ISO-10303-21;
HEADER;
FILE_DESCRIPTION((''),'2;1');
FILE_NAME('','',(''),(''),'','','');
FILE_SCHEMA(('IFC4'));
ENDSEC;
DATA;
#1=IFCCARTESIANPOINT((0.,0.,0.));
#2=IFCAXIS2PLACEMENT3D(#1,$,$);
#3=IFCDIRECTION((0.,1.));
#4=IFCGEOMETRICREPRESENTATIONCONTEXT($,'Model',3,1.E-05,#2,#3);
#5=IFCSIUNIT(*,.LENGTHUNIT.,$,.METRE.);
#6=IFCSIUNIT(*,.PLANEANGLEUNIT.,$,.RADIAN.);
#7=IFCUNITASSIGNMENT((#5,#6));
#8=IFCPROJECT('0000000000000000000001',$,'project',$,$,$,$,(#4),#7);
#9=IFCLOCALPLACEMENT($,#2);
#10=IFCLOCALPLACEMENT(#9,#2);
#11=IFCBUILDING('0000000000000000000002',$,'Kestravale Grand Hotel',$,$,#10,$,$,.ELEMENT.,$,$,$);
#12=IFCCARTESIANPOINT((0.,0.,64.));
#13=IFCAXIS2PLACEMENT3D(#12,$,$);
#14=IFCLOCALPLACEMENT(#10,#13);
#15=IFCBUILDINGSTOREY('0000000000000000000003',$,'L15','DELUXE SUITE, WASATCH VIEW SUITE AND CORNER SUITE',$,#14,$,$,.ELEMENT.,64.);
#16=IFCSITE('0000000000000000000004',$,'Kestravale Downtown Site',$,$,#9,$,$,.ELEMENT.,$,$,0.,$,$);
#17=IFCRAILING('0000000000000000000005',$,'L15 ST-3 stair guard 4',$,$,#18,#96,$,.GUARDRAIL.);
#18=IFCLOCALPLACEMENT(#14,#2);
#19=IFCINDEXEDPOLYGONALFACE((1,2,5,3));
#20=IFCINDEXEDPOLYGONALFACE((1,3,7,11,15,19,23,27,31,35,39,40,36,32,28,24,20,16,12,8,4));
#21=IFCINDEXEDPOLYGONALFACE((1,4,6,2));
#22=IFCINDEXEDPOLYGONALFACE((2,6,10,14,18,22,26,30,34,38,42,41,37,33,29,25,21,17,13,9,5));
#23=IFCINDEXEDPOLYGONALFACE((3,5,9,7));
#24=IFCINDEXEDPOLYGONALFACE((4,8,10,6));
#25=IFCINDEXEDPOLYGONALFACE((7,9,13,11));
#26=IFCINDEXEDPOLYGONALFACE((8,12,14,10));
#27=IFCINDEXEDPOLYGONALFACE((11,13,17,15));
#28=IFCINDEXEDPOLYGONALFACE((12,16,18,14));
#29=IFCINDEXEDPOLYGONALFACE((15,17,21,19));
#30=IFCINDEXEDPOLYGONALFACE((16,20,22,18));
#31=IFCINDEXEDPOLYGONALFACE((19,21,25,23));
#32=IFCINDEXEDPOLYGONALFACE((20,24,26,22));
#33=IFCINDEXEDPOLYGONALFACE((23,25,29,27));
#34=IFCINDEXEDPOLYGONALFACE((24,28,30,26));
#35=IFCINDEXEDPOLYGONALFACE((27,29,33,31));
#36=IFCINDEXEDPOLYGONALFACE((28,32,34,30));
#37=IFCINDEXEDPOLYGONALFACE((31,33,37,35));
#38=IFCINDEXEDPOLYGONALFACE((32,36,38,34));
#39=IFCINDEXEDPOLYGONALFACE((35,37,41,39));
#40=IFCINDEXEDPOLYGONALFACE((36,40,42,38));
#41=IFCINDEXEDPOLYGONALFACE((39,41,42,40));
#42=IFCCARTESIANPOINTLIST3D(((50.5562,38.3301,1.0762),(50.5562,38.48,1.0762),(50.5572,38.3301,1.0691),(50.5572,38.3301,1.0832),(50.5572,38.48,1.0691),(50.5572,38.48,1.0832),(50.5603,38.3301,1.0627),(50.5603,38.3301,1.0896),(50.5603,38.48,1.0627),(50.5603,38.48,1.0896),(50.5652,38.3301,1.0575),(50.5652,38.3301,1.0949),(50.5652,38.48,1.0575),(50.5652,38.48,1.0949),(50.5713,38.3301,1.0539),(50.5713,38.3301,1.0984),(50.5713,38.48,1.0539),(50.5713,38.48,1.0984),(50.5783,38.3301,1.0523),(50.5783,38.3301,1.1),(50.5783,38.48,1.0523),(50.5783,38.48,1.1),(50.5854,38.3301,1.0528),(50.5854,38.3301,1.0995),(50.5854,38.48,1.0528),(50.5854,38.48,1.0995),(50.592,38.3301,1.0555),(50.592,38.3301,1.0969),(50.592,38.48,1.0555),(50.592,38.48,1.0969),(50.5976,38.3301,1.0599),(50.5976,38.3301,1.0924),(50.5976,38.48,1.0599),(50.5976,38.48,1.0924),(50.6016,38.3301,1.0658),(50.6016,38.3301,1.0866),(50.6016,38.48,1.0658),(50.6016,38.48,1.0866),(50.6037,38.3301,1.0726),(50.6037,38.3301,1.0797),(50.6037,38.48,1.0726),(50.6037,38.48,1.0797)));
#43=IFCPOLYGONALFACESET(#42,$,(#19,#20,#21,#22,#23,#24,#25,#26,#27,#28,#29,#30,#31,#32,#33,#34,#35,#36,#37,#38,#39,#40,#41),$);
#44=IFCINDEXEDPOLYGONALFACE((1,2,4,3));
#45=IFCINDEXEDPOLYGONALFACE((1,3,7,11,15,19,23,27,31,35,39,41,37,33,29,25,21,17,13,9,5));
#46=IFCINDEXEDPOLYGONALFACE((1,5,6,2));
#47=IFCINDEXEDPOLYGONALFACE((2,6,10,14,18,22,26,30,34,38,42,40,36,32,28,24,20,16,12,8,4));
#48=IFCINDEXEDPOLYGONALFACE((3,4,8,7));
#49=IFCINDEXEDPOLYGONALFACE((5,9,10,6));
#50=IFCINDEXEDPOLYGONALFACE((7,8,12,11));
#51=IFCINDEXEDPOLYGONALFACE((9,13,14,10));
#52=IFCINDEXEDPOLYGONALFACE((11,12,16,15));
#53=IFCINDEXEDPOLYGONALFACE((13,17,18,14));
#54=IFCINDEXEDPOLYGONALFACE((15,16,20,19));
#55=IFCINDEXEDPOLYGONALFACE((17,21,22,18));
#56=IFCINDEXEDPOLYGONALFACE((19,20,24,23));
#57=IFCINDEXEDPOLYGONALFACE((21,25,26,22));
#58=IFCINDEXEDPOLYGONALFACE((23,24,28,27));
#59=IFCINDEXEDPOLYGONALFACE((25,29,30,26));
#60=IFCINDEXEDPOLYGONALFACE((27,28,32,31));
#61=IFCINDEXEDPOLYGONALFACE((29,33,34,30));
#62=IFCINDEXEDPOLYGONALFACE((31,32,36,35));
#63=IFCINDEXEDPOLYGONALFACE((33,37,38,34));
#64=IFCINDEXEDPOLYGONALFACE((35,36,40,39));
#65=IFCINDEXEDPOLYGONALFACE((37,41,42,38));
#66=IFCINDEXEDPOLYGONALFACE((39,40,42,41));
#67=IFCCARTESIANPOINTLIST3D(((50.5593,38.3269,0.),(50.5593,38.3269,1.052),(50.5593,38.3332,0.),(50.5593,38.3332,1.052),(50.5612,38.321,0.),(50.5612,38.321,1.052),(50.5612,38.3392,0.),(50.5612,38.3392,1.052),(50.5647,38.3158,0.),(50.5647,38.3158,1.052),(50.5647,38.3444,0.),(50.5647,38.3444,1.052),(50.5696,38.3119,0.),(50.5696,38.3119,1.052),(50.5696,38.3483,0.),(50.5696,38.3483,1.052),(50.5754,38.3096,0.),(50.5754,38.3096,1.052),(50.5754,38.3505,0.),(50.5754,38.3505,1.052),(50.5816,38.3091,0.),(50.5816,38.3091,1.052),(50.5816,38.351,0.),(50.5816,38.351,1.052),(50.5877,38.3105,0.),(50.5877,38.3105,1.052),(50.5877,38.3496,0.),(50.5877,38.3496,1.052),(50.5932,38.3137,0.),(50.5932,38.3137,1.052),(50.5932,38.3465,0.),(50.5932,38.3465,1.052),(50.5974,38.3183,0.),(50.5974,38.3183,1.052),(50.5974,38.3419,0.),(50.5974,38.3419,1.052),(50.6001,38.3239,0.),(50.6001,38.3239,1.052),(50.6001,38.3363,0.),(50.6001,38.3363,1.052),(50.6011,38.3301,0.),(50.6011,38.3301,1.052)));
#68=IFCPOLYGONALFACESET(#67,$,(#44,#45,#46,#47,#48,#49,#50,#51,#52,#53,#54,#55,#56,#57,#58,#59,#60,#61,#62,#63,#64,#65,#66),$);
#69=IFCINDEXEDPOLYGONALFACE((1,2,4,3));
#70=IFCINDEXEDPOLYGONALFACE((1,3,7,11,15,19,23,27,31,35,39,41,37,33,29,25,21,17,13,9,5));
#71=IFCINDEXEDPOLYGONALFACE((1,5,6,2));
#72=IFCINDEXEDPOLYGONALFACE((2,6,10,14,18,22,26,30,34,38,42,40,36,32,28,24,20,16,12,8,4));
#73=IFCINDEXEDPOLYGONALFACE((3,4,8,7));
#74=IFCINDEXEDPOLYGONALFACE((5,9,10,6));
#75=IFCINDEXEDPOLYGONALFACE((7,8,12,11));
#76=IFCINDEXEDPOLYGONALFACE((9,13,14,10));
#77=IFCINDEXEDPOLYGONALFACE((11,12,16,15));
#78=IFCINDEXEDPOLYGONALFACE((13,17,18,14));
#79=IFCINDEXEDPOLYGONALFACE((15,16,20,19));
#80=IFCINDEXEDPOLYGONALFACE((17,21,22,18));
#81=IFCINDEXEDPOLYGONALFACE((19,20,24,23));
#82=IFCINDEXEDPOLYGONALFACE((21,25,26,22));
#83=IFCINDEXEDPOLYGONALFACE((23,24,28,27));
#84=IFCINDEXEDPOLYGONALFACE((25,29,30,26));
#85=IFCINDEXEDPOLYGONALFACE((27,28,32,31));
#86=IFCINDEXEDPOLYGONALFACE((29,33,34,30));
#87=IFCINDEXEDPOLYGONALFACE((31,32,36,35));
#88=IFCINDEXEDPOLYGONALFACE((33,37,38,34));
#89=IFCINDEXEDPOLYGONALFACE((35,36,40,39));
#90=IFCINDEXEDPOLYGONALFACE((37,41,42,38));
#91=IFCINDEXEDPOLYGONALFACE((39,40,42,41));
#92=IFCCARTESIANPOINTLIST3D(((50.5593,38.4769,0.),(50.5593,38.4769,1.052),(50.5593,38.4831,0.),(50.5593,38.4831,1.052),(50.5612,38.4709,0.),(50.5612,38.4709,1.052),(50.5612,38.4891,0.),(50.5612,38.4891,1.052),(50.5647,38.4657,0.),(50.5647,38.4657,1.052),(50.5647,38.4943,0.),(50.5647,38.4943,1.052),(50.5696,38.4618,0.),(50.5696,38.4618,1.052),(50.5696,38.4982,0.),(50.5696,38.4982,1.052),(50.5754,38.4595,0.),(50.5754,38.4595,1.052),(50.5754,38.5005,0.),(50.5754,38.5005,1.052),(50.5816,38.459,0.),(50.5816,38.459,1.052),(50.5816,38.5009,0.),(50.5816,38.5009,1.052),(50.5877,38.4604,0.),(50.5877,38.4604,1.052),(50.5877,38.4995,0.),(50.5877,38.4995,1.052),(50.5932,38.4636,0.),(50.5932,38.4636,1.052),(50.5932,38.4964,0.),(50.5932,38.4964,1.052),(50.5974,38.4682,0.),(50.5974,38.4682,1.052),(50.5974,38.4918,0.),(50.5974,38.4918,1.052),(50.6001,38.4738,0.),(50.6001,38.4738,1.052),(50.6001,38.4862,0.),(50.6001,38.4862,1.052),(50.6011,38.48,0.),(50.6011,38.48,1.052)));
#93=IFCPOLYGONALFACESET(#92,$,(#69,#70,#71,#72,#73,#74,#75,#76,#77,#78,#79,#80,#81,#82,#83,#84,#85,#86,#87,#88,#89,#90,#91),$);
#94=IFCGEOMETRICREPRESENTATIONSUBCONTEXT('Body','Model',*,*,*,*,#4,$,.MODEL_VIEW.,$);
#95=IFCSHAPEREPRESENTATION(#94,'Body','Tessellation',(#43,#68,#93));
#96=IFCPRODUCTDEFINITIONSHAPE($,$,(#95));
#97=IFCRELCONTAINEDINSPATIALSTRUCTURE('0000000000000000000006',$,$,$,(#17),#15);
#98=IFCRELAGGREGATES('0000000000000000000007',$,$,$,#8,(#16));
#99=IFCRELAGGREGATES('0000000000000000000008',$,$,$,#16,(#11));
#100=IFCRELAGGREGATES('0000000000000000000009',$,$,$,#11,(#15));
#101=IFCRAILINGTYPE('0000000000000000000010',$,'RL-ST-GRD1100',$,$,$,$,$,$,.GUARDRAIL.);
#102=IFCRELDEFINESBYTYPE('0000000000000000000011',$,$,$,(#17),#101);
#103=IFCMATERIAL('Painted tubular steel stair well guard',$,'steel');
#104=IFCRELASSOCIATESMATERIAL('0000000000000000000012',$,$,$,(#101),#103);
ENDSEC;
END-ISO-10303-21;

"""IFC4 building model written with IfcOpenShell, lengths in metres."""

from ifc_helpers import new_model, si_unit, direction, frame, origin, origin_2d, place, context, subcontext, project, spatial, circle, extrude, material, type_object, element, save


model = new_model("IFC4")

# Units and contexts
model_context = context("Model", 3, precision=1e-05, world=origin(), true_north=direction((0.0, 1.0)))
body_context = subcontext(model_context, "Body", "Model", "MODEL_VIEW")
ifc_project = project(units=[si_unit("LENGTHUNIT", "METRE"), si_unit("PLANEANGLEUNIT", "RADIAN")], contexts=[model_context])

# Site, building, storey
site_placement = place(None, origin())
site = spatial("IfcSite", under=ifc_project, at=site_placement, Name="Kestravale Downtown Site", CompositionType="ELEMENT", RefElevation=0.0)
building_placement = place(site_placement, origin())
building = spatial("IfcBuilding", under=site, at=building_placement, Name="Kestravale Grand Hotel", CompositionType="ELEMENT")
storey_placement = place(building_placement, frame((0.0, 0.0, 64.0)))
storey = spatial("IfcBuildingStorey", under=building, at=storey_placement, Name="L15", Description="DELUXE SUITE, WASATCH VIEW SUITE AND CORNER SUITE", CompositionType="ELEMENT", Elevation=64.0)

# Railing
ifc_material_1 = material(Name="Painted tubular steel stair well guard", Category="steel")
railing_type_1 = type_object("IfcRailingType", Name="RL-ST-GRD1100", PredefinedType="GUARDRAIL", material=ifc_material_1)
railing_1_placement = place(storey_placement, frame((50.5801, 38.3301, 0.0)))
element("IfcRailing", 1, at=railing_1_placement, inside=storey, type_object=railing_type_1, Name="L15 ST-3 stair guard 4", PredefinedType="GUARDRAIL", context=body_context, shape_type="SweptSolid", body=[
    extrude(circle(Radius=0.0239, at=origin_2d()), frame((0.0, 0.0, 1.0762), z_axis=(0.0, 1.0, 0.0), x_axis=(-1.0, 0.0, 0.0)), (0.0, 0.0, 1.0), 0.1499),
    extrude(circle(Radius=0.021, at=origin_2d()), origin(), (0.0, 0.0, 1.0), 1.052),
    extrude(circle(Radius=0.021, at=origin_2d()), frame((0.0, 0.1499, 0.0)), (0.0, 0.0, 1.0), 1.052),
])

save(model, "model.ifc")
